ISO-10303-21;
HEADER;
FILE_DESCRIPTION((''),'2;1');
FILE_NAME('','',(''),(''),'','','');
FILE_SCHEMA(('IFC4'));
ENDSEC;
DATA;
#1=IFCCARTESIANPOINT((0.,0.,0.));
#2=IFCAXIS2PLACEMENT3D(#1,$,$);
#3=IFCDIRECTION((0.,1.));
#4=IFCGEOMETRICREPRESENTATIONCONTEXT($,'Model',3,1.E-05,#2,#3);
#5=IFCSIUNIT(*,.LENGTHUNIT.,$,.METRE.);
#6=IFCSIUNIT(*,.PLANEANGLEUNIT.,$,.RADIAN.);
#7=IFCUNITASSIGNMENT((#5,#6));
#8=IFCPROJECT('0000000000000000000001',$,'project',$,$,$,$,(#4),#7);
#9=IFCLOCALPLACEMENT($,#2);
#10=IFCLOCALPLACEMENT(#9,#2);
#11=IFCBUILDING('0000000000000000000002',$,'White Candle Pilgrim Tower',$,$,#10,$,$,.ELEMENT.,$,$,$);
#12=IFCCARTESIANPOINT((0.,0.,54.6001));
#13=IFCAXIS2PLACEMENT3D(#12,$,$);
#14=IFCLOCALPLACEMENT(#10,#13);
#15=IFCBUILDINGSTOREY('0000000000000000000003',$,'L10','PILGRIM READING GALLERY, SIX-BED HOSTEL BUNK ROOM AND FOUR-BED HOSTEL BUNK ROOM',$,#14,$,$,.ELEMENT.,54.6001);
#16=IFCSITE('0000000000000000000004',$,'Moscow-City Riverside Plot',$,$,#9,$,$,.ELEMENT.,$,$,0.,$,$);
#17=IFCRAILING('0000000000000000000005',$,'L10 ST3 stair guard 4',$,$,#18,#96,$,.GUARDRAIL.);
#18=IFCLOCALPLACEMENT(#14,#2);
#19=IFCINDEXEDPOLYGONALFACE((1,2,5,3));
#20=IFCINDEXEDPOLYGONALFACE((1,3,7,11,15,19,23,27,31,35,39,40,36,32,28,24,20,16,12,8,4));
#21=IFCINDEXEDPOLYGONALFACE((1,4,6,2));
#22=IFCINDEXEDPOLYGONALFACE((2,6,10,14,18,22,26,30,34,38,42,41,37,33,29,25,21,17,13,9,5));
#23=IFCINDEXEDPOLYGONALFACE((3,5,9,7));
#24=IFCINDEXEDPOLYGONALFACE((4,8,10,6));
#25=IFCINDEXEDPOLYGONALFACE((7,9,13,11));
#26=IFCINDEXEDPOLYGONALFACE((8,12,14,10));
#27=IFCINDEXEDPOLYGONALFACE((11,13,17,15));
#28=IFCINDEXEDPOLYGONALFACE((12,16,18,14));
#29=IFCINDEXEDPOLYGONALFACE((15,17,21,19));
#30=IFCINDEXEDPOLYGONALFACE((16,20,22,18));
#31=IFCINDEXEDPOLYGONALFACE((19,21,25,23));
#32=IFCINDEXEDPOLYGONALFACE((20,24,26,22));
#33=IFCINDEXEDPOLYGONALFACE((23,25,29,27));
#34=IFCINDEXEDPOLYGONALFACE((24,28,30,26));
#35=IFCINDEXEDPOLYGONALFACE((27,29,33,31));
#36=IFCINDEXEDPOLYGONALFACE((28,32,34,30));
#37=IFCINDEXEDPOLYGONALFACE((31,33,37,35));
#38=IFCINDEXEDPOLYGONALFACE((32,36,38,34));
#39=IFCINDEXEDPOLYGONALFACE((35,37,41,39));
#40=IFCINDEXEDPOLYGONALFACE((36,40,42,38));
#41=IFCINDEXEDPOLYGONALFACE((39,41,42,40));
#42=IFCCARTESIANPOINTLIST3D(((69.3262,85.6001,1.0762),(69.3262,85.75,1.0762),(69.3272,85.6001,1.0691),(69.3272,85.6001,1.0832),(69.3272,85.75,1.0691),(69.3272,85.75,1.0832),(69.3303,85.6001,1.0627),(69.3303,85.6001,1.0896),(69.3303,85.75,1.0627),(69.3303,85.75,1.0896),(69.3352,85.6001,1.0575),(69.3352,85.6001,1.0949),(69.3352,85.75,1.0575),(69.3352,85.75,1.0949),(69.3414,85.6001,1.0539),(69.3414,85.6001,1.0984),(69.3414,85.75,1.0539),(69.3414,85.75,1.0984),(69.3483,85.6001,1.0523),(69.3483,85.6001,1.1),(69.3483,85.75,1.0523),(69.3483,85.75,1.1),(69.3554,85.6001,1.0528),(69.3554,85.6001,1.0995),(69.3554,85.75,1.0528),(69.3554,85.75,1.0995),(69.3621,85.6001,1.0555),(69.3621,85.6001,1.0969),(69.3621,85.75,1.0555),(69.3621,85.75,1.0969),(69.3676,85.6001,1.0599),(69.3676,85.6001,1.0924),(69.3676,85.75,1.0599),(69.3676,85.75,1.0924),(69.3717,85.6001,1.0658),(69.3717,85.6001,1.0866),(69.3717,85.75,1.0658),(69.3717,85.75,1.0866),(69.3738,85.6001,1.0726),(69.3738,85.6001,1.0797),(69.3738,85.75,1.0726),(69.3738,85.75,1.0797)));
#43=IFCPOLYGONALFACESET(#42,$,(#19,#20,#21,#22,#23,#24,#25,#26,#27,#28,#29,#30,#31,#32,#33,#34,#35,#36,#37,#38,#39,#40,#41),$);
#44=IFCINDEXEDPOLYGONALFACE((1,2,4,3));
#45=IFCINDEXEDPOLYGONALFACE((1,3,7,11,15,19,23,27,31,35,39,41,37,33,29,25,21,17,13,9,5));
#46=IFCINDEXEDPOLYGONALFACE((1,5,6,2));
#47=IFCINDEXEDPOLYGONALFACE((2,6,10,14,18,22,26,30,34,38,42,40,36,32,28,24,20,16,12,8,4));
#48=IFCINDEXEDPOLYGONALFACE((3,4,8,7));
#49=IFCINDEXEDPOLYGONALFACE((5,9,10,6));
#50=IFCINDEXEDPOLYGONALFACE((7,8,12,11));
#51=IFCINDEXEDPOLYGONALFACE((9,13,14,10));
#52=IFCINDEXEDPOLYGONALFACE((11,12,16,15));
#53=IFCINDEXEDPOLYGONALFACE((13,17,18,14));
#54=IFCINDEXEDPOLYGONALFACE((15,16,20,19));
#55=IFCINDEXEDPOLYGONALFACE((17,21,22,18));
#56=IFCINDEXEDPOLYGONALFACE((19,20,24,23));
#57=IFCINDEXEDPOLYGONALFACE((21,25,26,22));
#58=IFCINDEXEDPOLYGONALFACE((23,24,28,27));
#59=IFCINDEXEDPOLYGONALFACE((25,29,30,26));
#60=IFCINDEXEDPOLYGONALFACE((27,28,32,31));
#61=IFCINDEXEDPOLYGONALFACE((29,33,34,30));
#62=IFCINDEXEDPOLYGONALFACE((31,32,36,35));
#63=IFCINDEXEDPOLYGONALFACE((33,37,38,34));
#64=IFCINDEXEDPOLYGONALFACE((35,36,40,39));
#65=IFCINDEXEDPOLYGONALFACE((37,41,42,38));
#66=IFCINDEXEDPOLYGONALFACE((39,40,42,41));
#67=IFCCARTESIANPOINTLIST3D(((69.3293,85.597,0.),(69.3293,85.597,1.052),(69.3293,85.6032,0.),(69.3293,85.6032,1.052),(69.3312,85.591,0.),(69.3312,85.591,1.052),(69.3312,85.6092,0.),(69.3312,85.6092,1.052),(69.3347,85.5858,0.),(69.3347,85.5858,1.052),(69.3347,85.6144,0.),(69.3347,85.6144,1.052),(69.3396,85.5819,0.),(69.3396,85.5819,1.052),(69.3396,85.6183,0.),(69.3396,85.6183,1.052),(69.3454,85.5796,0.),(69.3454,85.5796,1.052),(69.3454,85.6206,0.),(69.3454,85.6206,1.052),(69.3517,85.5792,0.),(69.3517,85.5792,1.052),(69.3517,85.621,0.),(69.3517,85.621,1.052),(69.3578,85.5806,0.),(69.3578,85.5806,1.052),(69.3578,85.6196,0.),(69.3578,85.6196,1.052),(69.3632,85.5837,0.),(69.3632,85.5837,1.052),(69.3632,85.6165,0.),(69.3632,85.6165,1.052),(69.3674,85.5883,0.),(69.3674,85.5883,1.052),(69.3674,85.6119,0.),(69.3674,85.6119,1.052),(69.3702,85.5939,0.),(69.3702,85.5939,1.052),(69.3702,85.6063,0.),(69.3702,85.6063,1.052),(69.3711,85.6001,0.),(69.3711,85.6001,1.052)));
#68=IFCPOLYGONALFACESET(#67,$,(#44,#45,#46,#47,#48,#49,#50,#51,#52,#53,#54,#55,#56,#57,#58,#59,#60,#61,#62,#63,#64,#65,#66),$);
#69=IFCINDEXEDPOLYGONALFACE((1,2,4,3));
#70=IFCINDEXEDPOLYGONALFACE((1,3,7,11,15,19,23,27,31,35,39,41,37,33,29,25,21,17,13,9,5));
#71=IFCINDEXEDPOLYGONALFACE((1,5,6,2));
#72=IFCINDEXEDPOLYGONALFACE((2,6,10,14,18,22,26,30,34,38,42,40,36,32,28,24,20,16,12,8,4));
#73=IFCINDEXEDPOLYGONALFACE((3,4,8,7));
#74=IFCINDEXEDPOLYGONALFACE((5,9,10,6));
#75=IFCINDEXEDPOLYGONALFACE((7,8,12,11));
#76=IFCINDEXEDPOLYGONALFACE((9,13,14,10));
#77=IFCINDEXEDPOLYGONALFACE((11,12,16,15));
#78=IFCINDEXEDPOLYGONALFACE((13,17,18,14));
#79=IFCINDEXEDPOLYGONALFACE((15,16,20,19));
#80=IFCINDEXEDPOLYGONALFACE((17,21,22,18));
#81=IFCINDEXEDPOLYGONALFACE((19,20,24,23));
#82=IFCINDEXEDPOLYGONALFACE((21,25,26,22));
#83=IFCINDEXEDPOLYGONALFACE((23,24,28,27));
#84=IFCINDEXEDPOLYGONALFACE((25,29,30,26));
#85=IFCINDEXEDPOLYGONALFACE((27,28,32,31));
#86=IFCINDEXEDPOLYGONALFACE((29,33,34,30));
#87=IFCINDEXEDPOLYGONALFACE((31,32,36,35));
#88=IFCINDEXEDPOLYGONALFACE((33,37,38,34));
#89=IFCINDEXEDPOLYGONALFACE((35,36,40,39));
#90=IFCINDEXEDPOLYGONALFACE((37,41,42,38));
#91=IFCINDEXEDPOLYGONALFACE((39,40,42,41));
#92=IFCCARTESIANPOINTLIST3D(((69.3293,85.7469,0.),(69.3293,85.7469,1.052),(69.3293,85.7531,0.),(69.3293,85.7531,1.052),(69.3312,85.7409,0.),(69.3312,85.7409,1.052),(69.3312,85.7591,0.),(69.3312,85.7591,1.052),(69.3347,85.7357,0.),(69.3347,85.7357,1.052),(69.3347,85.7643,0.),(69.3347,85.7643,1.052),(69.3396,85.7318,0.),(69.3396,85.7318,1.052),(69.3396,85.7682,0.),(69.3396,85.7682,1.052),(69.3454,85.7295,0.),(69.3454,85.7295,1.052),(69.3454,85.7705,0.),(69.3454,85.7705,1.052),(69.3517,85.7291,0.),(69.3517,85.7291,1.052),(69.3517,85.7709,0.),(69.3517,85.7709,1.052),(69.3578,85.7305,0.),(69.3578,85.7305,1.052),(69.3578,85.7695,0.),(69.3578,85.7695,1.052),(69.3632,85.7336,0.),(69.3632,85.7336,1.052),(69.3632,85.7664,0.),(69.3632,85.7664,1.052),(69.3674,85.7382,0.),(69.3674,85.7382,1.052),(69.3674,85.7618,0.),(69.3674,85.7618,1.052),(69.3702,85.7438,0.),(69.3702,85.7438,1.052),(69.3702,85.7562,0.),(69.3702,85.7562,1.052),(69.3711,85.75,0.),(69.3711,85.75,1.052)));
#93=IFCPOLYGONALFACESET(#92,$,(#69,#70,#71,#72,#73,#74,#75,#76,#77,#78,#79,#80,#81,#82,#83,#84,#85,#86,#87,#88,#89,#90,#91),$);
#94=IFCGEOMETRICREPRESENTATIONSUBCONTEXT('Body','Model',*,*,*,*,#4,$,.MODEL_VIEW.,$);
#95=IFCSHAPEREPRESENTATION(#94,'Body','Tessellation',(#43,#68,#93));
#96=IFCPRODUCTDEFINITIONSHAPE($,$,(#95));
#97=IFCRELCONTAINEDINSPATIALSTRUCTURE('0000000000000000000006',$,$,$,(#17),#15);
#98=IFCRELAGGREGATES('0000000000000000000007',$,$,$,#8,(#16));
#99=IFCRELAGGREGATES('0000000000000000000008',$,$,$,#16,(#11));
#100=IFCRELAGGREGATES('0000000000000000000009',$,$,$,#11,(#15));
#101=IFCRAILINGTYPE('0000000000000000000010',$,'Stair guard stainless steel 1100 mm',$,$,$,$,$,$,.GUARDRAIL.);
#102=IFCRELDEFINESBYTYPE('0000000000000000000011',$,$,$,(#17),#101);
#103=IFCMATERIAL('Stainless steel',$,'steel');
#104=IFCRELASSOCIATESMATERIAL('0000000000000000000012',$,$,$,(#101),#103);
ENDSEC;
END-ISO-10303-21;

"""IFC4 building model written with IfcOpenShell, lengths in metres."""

from ifc_helpers import new_model, si_unit, direction, frame, origin, origin_2d, place, context, subcontext, project, spatial, circle, extrude, material, type_object, element, save


model = new_model("IFC4")

# Units and contexts
model_context = context("Model", 3, precision=1e-05, world=origin(), true_north=direction((0.0, 1.0)))
body_context = subcontext(model_context, "Body", "Model", "MODEL_VIEW")
ifc_project = project(units=[si_unit("LENGTHUNIT", "METRE"), si_unit("PLANEANGLEUNIT", "RADIAN")], contexts=[model_context])

# Site, building, storey
site_placement = place(None, origin())
site = spatial("IfcSite", under=ifc_project, at=site_placement, Name="Moscow-City Riverside Plot", CompositionType="ELEMENT", RefElevation=0.0)
building_placement = place(site_placement, origin())
building = spatial("IfcBuilding", under=site, at=building_placement, Name="White Candle Pilgrim Tower", CompositionType="ELEMENT")
storey_placement = place(building_placement, frame((0.0, 0.0, 54.6001)))
storey = spatial("IfcBuildingStorey", under=building, at=storey_placement, Name="L10", Description="PILGRIM READING GALLERY, SIX-BED HOSTEL BUNK ROOM AND FOUR-BED HOSTEL BUNK ROOM", CompositionType="ELEMENT", Elevation=54.6001)

# Railing
ifc_material_1 = material(Name="Stainless steel", Category="steel")
railing_type_1 = type_object("IfcRailingType", Name="Stair guard stainless steel 1100 mm", PredefinedType="GUARDRAIL", material=ifc_material_1)
railing_1_placement = place(storey_placement, frame((69.3501, 85.6001, 0.0)))
element("IfcRailing", 1, at=railing_1_placement, inside=storey, type_object=railing_type_1, Name="L10 ST3 stair guard 4", PredefinedType="GUARDRAIL", context=body_context, shape_type="SweptSolid", body=[
    extrude(circle(Radius=0.0239, at=origin_2d()), frame((0.0, 0.0, 1.0762), z_axis=(0.0, 1.0, 0.0), x_axis=(-1.0, 0.0, 0.0)), (0.0, 0.0, 1.0), 0.1499),
    extrude(circle(Radius=0.021, at=origin_2d()), origin(), (0.0, 0.0, 1.0), 1.052),
    extrude(circle(Radius=0.021, at=origin_2d()), frame((0.0, 0.1499, 0.0)), (0.0, 0.0, 1.0), 1.052),
])

save(model, "model.ifc")
